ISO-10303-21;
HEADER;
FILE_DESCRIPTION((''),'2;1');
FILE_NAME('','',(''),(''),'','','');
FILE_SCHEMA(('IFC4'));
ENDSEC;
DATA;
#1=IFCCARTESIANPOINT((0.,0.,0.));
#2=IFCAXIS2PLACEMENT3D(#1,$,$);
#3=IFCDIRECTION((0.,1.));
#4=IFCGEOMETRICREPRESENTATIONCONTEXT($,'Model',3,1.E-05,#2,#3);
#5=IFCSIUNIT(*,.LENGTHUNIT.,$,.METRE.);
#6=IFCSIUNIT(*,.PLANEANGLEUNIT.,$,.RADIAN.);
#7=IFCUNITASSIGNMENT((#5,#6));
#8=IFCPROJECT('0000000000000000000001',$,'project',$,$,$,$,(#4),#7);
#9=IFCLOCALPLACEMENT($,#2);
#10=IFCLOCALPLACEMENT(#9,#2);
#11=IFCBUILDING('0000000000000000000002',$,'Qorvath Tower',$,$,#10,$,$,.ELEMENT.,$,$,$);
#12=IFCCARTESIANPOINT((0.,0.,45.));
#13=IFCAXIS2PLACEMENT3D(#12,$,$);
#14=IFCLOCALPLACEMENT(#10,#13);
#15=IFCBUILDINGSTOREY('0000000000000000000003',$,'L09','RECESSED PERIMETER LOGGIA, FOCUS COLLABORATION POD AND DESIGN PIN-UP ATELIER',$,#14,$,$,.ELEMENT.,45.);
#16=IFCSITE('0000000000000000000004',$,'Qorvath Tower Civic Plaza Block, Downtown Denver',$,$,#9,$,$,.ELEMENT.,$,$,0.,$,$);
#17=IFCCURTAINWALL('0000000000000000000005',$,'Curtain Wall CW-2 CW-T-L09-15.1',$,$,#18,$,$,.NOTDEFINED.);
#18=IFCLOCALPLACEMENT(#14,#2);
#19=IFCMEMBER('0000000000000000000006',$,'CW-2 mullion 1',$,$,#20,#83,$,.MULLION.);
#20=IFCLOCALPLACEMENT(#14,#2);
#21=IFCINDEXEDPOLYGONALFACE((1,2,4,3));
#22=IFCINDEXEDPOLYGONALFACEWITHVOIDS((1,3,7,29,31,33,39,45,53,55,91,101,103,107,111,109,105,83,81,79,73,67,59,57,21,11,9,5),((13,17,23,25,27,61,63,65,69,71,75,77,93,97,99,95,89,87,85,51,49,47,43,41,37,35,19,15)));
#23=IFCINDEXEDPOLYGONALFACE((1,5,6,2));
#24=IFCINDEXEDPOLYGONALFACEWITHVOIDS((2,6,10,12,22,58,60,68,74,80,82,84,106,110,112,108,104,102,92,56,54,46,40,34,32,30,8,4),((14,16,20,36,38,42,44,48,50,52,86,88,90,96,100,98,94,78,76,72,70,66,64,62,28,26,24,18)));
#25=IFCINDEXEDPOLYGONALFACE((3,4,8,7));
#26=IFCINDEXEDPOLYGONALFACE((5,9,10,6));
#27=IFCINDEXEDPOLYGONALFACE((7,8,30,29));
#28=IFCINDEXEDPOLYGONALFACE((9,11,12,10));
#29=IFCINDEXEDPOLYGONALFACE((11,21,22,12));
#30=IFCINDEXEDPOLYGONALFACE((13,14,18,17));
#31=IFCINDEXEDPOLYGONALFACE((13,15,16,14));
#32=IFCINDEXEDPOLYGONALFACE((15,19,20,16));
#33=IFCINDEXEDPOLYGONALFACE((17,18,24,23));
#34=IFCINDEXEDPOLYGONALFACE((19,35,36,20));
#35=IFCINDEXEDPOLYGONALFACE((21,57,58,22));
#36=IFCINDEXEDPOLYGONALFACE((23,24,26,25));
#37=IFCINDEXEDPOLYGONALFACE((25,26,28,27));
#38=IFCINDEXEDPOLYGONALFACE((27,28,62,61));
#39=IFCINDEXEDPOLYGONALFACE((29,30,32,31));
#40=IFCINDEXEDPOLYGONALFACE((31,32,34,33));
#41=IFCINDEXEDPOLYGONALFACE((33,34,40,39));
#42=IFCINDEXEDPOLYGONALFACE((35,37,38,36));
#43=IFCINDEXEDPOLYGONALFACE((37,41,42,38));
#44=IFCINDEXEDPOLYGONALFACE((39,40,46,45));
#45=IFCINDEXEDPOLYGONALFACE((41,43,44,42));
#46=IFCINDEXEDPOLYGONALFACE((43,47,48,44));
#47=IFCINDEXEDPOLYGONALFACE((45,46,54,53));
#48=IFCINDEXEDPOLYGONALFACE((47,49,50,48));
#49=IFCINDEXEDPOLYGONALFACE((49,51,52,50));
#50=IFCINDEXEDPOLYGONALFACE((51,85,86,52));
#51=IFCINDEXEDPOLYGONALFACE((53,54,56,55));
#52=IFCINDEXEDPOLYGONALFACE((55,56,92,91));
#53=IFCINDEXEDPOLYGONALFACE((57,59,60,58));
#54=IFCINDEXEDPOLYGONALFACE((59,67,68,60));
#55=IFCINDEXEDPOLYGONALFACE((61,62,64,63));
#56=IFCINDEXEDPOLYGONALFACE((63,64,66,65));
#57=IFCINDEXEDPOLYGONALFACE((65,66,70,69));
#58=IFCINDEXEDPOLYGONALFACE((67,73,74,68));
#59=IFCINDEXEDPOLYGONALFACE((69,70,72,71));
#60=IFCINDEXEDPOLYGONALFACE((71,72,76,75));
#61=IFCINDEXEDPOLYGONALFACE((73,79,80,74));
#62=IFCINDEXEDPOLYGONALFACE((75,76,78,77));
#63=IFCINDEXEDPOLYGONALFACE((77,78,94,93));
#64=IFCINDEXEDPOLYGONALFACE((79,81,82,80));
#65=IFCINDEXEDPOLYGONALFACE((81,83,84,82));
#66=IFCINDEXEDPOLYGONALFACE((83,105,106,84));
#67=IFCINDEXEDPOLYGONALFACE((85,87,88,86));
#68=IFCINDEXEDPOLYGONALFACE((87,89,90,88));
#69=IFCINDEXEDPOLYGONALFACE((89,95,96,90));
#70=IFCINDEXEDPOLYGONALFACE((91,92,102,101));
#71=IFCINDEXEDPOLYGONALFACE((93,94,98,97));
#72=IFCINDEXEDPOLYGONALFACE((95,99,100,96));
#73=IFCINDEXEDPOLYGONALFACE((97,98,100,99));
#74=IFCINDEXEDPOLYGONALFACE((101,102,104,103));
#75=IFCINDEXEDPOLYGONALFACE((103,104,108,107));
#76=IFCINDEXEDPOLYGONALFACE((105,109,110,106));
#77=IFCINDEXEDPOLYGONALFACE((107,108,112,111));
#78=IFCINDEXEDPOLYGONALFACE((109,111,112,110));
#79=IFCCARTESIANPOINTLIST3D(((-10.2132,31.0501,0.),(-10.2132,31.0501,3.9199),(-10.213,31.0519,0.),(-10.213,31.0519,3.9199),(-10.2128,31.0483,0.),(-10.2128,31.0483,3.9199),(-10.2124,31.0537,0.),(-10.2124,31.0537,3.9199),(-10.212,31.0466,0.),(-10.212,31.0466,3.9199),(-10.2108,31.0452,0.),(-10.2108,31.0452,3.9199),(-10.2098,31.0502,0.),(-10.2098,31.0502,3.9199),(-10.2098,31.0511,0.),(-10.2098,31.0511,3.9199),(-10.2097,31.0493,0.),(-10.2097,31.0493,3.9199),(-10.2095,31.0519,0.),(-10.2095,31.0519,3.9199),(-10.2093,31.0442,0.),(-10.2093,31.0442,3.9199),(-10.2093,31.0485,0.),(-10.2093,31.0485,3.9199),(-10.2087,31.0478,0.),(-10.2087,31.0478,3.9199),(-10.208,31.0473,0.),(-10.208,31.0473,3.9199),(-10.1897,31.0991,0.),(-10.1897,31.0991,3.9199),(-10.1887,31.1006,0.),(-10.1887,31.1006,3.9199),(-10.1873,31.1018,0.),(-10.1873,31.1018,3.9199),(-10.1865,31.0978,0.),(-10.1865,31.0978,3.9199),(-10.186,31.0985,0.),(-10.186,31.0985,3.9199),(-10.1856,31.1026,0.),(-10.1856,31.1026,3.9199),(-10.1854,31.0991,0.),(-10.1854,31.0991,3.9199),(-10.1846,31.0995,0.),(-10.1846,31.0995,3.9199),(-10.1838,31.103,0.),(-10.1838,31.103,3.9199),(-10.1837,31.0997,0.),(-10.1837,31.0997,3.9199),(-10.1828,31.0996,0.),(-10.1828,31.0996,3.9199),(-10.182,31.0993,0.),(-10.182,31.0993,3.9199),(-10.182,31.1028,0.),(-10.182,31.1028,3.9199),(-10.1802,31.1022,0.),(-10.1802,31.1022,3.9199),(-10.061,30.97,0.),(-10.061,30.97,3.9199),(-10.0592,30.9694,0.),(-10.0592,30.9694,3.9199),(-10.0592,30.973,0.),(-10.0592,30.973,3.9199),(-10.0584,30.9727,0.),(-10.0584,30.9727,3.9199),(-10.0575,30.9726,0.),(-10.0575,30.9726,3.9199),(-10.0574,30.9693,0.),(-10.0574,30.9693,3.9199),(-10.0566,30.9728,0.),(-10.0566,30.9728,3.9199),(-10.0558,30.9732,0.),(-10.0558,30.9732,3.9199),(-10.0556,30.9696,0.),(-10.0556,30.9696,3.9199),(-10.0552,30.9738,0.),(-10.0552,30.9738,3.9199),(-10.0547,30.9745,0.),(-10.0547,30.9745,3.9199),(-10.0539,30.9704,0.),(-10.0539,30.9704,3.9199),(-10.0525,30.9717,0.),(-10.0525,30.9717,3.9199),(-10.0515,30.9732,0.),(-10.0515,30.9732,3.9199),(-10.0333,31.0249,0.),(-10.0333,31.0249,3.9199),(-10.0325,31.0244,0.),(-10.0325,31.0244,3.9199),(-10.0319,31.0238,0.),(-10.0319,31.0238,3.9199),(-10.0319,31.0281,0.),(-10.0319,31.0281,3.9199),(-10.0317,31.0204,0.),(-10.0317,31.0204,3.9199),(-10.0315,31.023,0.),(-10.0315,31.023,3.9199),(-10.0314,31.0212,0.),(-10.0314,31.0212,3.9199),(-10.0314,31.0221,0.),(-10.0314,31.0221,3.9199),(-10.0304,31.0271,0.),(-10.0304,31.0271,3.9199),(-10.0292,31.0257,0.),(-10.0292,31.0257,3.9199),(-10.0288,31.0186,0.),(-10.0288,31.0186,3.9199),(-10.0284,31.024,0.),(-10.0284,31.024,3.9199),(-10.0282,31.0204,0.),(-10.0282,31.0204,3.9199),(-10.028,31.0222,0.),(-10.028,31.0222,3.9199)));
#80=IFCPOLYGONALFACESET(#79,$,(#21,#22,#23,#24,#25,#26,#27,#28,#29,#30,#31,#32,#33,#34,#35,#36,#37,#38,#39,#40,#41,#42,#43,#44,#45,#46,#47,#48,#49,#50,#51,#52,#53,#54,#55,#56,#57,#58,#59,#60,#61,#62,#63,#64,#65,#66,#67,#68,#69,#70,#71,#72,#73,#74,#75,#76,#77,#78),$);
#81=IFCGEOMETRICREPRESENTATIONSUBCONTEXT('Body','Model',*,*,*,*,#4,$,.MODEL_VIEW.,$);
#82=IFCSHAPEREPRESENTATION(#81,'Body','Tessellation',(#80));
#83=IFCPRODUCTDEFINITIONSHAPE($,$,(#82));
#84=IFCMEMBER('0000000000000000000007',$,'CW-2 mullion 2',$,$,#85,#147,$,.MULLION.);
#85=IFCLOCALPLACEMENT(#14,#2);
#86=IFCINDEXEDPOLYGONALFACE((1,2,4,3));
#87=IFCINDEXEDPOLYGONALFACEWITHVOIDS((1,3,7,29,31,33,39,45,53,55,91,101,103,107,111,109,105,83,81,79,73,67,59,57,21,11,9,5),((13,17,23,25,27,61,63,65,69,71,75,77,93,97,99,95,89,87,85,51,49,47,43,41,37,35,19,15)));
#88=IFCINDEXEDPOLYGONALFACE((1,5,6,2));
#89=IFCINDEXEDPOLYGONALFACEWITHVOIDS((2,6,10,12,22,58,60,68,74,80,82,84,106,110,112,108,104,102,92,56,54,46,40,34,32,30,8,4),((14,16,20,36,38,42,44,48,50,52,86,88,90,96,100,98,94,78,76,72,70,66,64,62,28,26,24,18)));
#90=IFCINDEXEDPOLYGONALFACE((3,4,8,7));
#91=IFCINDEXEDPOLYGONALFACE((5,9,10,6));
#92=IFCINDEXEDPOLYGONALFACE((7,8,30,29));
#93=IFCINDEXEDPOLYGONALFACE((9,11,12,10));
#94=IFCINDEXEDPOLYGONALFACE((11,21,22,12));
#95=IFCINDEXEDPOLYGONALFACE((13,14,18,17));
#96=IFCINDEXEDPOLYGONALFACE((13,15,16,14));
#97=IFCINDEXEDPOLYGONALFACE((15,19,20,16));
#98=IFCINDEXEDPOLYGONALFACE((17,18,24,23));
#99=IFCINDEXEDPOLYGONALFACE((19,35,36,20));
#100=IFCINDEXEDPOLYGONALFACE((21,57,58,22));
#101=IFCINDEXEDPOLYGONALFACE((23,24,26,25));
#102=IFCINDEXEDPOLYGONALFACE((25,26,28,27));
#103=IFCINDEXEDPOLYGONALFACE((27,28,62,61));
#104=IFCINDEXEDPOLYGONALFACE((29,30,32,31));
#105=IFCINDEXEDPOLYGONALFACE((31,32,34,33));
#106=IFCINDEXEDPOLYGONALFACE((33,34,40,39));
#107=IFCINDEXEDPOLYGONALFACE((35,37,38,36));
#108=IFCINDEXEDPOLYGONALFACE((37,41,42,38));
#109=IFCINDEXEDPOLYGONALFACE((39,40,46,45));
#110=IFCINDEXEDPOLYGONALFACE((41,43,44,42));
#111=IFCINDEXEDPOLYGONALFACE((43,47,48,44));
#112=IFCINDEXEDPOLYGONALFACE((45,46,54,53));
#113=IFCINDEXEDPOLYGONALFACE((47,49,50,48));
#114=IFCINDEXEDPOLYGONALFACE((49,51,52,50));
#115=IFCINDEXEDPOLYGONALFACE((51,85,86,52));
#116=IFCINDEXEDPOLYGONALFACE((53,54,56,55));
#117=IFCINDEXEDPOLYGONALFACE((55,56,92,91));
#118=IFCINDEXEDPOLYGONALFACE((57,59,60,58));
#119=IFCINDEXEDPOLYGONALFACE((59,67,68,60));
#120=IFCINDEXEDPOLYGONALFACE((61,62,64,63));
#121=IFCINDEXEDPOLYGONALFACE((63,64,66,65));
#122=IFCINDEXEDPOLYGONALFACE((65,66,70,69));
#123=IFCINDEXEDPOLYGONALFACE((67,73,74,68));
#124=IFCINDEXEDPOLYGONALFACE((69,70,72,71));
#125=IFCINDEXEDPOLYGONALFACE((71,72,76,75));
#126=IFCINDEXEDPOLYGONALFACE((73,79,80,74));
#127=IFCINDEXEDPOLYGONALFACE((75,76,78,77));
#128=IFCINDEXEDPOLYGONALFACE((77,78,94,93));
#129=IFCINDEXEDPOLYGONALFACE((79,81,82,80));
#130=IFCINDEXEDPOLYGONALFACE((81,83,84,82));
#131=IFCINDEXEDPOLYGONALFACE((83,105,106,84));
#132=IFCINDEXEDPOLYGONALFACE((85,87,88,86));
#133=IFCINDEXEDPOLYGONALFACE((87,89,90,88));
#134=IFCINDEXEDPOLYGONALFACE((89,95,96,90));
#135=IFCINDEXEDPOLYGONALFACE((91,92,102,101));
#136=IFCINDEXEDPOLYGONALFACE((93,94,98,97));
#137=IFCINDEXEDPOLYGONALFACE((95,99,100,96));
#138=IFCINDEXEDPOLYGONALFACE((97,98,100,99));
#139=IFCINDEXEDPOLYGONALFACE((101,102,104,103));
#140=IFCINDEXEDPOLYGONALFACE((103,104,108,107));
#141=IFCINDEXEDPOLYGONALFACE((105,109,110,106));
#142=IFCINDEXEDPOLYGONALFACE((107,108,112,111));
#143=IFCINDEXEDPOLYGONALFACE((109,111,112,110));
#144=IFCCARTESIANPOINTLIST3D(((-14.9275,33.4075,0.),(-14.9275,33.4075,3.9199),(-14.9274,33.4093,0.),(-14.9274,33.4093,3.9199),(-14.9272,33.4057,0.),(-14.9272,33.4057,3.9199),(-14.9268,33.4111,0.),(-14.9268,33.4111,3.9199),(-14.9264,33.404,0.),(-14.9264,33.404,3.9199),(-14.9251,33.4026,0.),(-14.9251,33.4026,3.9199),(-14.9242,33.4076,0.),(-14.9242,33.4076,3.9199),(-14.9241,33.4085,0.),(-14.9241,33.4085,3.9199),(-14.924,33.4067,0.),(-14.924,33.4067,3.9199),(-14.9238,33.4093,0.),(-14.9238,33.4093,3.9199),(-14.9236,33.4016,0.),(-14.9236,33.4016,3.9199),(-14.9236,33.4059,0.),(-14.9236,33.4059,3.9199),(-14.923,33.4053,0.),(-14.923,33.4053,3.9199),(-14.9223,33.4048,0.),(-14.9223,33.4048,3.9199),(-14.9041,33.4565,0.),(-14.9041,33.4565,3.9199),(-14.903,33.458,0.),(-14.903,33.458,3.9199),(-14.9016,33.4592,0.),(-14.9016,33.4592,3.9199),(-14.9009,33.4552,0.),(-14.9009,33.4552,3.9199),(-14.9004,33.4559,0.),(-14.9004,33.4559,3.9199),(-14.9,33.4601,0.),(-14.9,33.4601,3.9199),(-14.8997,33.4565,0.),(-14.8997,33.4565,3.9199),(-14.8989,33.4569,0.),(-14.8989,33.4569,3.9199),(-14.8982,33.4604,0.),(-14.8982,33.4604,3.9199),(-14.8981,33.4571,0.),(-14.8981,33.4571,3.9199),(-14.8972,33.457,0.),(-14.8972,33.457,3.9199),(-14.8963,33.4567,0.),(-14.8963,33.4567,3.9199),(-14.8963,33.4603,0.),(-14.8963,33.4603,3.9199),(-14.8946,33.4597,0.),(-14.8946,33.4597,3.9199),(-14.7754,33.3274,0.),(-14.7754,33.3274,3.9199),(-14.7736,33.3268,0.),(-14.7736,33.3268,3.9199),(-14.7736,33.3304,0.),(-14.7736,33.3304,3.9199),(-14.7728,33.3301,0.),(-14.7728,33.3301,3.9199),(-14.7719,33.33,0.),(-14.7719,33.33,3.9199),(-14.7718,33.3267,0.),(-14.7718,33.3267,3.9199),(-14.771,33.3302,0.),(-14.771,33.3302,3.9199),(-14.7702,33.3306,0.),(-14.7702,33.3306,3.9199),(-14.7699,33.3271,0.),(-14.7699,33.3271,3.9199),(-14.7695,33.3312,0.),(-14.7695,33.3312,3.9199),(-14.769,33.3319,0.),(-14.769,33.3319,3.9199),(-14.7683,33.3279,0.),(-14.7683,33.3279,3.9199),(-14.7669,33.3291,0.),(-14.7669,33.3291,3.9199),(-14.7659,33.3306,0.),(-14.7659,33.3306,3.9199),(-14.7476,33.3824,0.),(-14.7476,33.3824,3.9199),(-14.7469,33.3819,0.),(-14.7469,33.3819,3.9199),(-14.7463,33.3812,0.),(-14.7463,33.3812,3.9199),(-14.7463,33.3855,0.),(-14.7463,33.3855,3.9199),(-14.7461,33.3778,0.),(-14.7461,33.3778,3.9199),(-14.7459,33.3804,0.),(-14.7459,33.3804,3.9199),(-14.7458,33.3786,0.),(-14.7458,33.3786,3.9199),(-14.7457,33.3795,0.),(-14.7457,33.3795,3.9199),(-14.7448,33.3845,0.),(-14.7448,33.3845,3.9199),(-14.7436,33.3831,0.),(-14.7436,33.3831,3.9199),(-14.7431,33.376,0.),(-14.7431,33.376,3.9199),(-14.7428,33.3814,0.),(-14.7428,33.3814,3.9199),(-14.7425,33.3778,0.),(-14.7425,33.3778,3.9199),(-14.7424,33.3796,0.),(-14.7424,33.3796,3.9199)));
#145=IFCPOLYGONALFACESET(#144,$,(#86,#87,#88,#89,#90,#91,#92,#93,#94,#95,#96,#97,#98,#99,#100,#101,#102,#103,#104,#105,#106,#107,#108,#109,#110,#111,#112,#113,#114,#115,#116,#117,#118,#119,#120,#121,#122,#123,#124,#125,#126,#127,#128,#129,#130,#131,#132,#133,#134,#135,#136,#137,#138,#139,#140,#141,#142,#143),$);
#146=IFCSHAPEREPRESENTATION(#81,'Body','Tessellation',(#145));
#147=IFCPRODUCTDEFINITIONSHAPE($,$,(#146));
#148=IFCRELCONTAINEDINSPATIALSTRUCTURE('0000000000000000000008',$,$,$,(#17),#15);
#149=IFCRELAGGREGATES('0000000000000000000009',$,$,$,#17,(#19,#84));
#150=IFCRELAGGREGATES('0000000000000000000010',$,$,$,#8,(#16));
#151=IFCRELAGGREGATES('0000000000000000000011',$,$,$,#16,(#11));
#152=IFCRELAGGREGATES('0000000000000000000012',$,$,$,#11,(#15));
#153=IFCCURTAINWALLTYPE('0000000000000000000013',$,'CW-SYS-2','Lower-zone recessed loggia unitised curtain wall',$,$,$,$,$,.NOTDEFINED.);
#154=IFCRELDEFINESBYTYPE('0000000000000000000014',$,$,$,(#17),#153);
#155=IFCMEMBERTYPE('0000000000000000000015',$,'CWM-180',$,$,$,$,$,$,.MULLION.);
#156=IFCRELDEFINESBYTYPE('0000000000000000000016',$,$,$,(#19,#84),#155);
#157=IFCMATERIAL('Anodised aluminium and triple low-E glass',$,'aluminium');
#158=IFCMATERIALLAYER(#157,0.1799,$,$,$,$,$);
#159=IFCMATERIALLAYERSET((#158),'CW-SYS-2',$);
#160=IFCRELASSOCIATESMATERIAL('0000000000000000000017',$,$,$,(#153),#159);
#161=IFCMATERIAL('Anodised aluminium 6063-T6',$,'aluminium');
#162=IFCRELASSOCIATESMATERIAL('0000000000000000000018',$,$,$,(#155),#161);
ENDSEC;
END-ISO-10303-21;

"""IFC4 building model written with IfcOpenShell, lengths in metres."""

from ifc_helpers import new_model, si_unit, direction, frame, origin, origin_2d, place, context, subcontext, project, spatial, hollow_rectangle, extrude, material, layer, layer_set, material_profile, profile_set, type_object, element, aggregate, save


model = new_model("IFC4")

# Units and contexts
model_context = context("Model", 3, precision=1e-05, world=origin(), true_north=direction((0.0, 1.0)))
body_context = subcontext(model_context, "Body", "Model", "MODEL_VIEW")
ifc_project = project(units=[si_unit("LENGTHUNIT", "METRE"), si_unit("PLANEANGLEUNIT", "RADIAN")], contexts=[model_context])

# Site, building, storey
site_placement = place(None, origin())
site = spatial("IfcSite", under=ifc_project, at=site_placement, Name="Qorvath Tower Civic Plaza Block, Downtown Denver", CompositionType="ELEMENT", RefElevation=0.0)
building_placement = place(site_placement, origin())
building = spatial("IfcBuilding", under=site, at=building_placement, Name="Qorvath Tower", CompositionType="ELEMENT")
storey_placement = place(building_placement, frame((0.0, 0.0, 45.0)))
storey = spatial("IfcBuildingStorey", under=building, at=storey_placement, Name="L09", Description="RECESSED PERIMETER LOGGIA, FOCUS COLLABORATION POD AND DESIGN PIN-UP ATELIER", CompositionType="ELEMENT", Elevation=45.0)

# Shared definitions
ifc_material_1 = material(Name="Anodised aluminium and triple low-E glass", Category="aluminium")
ifc_layer_1 = layer(ifc_material_1, 0.1799)
ifc_layer_set_1 = layer_set([ifc_layer_1], Name="CW-SYS-2")
curtain_wall_type = type_object("IfcCurtainWallType", Name="CW-SYS-2", Description="Lower-zone recessed loggia unitised curtain wall", PredefinedType="NOTDEFINED", material=ifc_layer_set_1)
ifc_material_2 = material(Name="Anodised aluminium 6063-T6", Category="aluminium")
ifc_material_profile_1 = material_profile(ifc_material_2, hollow_rectangle(XDim=0.0649, YDim=0.1799, WallThickness=0.0034, InnerFilletRadius=0.0034, OuterFilletRadius=0.0071, at=origin_2d()), Name="CWM 180x65")
ifc_profile_set_1 = profile_set([ifc_material_profile_1], Name="Anodised aluminium 6063-T6")
member_type_1 = type_object("IfcMemberType", Name="CWM-180", PredefinedType="MULLION", material=ifc_profile_set_1)

# Curtain wall, members
curtain_wall_1_placement = place(storey_placement, origin())
curtain_wall_1 = element("IfcCurtainWall", 1, at=curtain_wall_1_placement, inside=storey, type_object=curtain_wall_type, Name="Curtain Wall CW-2 CW-T-L09-15.1", PredefinedType="NOTDEFINED")
member_1_placement = place(storey_placement, frame((-10.1206, 31.0361, 0.0), z_axis=(0.0, 0.0, 1.0), x_axis=(-0.447259, -0.894405, 0.0)))
member_1 = element("IfcMember", 2, at=member_1_placement, type_object=member_type_1, Name="CW-2 mullion 1", PredefinedType="MULLION", context=body_context, shape_type="SweptSolid", body=[
    extrude(hollow_rectangle(XDim=0.0649, YDim=0.1799, WallThickness=0.0034, InnerFilletRadius=0.0034, OuterFilletRadius=0.0071, at=origin_2d()), origin(), (0.0, 0.0, 1.0), 3.9199),
])
member_2_placement = place(storey_placement, frame((-14.835, 33.3936, 0.0), z_axis=(0.0, 0.0, 1.0), x_axis=(-0.447259, -0.894405, 0.0)))
member_2 = element("IfcMember", 3, at=member_2_placement, type_object=member_type_1, Name="CW-2 mullion 2", PredefinedType="MULLION", context=body_context, shape_type="SweptSolid", body=[
    extrude(hollow_rectangle(XDim=0.0649, YDim=0.1799, WallThickness=0.0034, InnerFilletRadius=0.0034, OuterFilletRadius=0.0071, at=origin_2d()), origin(), (0.0, 0.0, 1.0), 3.9199),
])

aggregate(curtain_wall_1, [member_1, member_2])

save(model, "model.ifc")
